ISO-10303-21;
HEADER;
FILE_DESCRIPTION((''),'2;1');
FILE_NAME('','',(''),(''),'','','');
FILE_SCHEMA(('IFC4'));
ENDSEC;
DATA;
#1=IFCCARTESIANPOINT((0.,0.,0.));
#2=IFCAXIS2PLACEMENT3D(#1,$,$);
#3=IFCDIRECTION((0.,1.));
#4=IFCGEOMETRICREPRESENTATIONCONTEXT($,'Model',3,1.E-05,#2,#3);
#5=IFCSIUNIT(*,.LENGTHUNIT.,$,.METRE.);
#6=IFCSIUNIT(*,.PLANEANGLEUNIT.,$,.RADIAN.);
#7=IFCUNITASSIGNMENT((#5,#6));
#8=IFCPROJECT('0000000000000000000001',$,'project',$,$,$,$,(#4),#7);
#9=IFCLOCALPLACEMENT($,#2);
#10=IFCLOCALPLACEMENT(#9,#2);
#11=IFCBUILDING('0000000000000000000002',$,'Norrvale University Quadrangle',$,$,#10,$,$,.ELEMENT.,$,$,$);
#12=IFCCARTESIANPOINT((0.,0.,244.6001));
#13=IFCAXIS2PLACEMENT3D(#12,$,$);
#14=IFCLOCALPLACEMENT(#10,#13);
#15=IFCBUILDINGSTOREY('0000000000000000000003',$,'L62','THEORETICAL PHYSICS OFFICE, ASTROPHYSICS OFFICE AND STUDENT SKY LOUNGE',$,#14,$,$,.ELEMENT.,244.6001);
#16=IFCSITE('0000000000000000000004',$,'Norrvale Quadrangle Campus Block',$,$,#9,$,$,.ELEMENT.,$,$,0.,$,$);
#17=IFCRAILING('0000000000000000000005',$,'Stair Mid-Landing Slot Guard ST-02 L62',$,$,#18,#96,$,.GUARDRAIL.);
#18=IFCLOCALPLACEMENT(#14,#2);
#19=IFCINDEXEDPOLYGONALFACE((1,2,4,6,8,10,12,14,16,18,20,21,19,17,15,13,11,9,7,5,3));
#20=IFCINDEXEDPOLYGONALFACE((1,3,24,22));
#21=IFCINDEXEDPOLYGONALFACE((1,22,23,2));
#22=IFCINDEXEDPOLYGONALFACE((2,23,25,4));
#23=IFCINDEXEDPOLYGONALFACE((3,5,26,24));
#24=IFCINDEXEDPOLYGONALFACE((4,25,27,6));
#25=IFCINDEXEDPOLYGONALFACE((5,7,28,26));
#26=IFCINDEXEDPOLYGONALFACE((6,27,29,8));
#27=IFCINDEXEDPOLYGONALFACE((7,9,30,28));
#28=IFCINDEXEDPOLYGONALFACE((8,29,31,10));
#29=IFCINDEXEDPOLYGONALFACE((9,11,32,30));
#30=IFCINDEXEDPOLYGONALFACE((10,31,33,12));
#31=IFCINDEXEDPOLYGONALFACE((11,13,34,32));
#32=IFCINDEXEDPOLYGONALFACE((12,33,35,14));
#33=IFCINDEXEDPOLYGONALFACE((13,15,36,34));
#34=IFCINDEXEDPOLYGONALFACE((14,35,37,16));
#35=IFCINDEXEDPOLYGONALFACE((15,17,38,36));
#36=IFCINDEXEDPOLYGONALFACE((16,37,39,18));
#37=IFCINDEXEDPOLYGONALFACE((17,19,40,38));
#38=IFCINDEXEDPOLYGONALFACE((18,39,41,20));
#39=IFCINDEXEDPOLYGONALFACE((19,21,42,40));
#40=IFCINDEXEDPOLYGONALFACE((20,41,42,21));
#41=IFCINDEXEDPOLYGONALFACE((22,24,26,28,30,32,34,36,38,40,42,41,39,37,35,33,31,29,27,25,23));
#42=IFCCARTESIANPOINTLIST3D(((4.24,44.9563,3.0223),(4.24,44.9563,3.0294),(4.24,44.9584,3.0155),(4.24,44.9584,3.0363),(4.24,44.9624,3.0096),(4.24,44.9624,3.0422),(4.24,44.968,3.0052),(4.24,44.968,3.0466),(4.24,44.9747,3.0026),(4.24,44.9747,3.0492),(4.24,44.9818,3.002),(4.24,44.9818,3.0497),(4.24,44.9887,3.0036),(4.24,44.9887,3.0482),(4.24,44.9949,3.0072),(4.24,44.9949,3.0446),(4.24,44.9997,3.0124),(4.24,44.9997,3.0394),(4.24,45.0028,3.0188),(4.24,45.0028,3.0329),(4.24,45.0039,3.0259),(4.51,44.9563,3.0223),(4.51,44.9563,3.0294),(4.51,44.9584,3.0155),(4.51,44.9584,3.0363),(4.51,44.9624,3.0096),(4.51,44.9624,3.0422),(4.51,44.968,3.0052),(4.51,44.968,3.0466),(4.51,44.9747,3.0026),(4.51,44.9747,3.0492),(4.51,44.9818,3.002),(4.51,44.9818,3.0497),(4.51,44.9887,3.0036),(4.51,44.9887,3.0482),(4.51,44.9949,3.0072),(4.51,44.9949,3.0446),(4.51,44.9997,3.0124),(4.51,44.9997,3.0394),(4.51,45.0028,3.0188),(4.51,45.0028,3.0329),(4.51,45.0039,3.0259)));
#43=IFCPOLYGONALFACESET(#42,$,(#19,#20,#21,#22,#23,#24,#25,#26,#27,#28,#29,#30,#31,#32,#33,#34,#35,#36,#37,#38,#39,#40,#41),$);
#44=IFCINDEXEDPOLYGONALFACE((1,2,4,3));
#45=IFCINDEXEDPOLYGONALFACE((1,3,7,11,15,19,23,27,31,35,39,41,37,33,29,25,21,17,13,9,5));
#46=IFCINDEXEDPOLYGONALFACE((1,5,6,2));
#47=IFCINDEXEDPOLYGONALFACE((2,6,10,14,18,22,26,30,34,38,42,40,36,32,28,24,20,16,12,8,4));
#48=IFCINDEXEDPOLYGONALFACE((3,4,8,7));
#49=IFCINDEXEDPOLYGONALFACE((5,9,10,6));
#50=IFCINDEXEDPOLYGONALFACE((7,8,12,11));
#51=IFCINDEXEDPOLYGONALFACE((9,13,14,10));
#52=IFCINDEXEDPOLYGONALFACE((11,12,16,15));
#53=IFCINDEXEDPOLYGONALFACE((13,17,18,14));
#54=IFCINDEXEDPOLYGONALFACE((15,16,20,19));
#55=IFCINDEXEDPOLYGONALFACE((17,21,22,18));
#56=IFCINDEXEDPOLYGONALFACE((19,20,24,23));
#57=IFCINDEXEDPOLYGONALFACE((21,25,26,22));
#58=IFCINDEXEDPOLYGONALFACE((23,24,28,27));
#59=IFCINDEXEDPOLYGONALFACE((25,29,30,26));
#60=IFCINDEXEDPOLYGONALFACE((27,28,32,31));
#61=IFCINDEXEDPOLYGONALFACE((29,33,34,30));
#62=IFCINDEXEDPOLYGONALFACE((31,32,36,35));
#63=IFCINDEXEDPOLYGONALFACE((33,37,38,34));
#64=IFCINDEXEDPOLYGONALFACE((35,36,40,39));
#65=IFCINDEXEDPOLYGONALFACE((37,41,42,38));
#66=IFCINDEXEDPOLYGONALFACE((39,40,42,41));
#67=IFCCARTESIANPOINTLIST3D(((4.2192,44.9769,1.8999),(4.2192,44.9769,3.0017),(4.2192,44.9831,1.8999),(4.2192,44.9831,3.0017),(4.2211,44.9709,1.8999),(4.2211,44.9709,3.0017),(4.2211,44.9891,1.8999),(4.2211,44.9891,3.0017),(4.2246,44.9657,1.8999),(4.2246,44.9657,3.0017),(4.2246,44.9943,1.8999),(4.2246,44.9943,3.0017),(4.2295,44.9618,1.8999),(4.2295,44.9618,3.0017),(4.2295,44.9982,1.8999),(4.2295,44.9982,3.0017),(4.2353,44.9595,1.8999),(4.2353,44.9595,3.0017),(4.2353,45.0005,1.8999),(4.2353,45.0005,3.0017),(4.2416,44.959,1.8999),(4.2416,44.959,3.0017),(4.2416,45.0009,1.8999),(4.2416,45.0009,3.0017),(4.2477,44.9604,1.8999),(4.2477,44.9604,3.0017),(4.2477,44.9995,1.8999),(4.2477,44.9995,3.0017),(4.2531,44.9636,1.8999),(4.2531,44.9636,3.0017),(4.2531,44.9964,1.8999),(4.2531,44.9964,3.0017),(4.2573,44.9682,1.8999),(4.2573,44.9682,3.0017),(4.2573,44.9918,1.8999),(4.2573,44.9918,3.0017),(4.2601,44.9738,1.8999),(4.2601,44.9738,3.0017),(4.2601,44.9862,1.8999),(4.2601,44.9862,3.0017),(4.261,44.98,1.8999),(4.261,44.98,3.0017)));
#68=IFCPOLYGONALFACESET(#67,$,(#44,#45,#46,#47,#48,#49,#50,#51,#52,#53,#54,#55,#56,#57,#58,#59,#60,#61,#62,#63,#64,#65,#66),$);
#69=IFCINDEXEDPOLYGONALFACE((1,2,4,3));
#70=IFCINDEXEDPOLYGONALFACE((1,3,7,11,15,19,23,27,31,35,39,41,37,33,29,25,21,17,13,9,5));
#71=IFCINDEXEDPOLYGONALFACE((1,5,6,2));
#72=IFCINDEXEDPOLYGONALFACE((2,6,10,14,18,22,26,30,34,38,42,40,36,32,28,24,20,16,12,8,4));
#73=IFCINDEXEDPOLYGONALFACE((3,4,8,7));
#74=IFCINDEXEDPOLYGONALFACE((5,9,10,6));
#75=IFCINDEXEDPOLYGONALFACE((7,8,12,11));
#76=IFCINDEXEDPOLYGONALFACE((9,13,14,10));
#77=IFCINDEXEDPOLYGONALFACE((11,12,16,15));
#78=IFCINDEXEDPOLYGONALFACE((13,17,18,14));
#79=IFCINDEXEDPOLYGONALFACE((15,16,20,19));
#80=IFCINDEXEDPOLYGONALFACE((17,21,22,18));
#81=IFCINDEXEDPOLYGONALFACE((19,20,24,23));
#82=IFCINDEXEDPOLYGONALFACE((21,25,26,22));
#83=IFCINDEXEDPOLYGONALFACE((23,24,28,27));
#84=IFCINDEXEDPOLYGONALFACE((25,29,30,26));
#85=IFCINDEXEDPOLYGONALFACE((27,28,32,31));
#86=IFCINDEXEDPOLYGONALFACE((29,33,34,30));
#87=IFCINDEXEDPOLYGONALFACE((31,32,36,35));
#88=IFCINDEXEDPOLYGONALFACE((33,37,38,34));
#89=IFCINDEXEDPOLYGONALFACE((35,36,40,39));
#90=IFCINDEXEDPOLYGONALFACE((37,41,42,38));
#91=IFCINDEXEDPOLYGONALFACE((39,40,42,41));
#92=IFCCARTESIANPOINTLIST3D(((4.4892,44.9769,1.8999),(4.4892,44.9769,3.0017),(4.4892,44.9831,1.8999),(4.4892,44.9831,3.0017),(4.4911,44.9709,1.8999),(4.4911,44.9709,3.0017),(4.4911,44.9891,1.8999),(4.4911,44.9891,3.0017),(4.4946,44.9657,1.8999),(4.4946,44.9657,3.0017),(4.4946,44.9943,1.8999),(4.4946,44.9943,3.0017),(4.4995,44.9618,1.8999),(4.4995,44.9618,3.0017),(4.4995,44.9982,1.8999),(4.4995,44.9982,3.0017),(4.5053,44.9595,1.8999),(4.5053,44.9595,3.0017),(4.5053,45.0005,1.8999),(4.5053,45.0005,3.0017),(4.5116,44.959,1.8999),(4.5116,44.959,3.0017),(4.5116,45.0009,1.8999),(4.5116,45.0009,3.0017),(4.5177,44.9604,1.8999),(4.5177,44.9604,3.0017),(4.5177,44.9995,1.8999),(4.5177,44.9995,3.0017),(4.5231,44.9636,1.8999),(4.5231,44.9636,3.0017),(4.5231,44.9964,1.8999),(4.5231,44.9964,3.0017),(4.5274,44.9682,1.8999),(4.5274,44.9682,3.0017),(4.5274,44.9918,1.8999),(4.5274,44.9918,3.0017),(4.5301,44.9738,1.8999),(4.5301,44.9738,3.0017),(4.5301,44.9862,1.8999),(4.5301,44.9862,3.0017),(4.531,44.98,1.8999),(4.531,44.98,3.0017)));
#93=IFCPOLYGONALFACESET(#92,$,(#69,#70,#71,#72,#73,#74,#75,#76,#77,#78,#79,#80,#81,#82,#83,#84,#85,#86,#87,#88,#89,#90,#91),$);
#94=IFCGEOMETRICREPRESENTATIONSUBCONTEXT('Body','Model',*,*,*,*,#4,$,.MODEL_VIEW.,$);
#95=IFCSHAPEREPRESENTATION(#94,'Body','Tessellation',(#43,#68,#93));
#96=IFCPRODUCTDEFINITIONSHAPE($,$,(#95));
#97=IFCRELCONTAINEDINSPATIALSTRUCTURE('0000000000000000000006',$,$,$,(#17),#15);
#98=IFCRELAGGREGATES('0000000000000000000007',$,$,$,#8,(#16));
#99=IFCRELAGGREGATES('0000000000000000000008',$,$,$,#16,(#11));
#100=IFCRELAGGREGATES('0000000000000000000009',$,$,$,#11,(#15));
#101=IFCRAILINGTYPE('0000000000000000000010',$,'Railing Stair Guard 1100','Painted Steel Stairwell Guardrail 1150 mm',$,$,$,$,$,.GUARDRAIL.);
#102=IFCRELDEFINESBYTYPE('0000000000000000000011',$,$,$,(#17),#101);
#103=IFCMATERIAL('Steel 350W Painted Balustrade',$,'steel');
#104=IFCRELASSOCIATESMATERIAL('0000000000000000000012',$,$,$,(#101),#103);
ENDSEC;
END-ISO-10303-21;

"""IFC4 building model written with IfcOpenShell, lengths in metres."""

from ifc_helpers import new_model, si_unit, direction, frame, origin, origin_2d, place, context, subcontext, project, spatial, circle, extrude, material, type_object, element, save


model = new_model("IFC4")

# Units and contexts
model_context = context("Model", 3, precision=1e-05, world=origin(), true_north=direction((0.0, 1.0)))
body_context = subcontext(model_context, "Body", "Model", "MODEL_VIEW")
ifc_project = project(units=[si_unit("LENGTHUNIT", "METRE"), si_unit("PLANEANGLEUNIT", "RADIAN")], contexts=[model_context])

# Site, building, storey
site_placement = place(None, origin())
site = spatial("IfcSite", under=ifc_project, at=site_placement, Name="Norrvale Quadrangle Campus Block", CompositionType="ELEMENT", RefElevation=0.0)
building_placement = place(site_placement, origin())
building = spatial("IfcBuilding", under=site, at=building_placement, Name="Norrvale University Quadrangle", CompositionType="ELEMENT")
storey_placement = place(building_placement, frame((0.0, 0.0, 244.6001)))
storey = spatial("IfcBuildingStorey", under=building, at=storey_placement, Name="L62", Description="THEORETICAL PHYSICS OFFICE, ASTROPHYSICS OFFICE AND STUDENT SKY LOUNGE", CompositionType="ELEMENT", Elevation=244.6001)

# Railing
ifc_material_1 = material(Name="Steel 350W Painted Balustrade", Category="steel")
railing_type_1 = type_object("IfcRailingType", Name="Railing Stair Guard 1100", Description="Painted Steel Stairwell Guardrail 1150 mm", PredefinedType="GUARDRAIL", material=ifc_material_1)
railing_1_placement = place(storey_placement, frame((4.24, 44.98, 1.8999)))
element("IfcRailing", 1, at=railing_1_placement, inside=storey, type_object=railing_type_1, Name="Stair Mid-Landing Slot Guard ST-02 L62", PredefinedType="GUARDRAIL", context=body_context, shape_type="SweptSolid", body=[
    extrude(circle(Radius=0.0239, at=origin_2d()), frame((0.0, 0.0, 1.126), z_axis=(1.0, 0.0, 0.0), x_axis=(0.0, 1.0, 0.0)), (0.0, 0.0, 1.0), 0.27),
    extrude(circle(Radius=0.021, at=origin_2d()), origin(), (0.0, 0.0, 1.0), 1.1018),
    extrude(circle(Radius=0.021, at=origin_2d()), frame((0.27, 0.0, 0.0)), (0.0, 0.0, 1.0), 1.1018),
])

save(model, "model.ifc")
